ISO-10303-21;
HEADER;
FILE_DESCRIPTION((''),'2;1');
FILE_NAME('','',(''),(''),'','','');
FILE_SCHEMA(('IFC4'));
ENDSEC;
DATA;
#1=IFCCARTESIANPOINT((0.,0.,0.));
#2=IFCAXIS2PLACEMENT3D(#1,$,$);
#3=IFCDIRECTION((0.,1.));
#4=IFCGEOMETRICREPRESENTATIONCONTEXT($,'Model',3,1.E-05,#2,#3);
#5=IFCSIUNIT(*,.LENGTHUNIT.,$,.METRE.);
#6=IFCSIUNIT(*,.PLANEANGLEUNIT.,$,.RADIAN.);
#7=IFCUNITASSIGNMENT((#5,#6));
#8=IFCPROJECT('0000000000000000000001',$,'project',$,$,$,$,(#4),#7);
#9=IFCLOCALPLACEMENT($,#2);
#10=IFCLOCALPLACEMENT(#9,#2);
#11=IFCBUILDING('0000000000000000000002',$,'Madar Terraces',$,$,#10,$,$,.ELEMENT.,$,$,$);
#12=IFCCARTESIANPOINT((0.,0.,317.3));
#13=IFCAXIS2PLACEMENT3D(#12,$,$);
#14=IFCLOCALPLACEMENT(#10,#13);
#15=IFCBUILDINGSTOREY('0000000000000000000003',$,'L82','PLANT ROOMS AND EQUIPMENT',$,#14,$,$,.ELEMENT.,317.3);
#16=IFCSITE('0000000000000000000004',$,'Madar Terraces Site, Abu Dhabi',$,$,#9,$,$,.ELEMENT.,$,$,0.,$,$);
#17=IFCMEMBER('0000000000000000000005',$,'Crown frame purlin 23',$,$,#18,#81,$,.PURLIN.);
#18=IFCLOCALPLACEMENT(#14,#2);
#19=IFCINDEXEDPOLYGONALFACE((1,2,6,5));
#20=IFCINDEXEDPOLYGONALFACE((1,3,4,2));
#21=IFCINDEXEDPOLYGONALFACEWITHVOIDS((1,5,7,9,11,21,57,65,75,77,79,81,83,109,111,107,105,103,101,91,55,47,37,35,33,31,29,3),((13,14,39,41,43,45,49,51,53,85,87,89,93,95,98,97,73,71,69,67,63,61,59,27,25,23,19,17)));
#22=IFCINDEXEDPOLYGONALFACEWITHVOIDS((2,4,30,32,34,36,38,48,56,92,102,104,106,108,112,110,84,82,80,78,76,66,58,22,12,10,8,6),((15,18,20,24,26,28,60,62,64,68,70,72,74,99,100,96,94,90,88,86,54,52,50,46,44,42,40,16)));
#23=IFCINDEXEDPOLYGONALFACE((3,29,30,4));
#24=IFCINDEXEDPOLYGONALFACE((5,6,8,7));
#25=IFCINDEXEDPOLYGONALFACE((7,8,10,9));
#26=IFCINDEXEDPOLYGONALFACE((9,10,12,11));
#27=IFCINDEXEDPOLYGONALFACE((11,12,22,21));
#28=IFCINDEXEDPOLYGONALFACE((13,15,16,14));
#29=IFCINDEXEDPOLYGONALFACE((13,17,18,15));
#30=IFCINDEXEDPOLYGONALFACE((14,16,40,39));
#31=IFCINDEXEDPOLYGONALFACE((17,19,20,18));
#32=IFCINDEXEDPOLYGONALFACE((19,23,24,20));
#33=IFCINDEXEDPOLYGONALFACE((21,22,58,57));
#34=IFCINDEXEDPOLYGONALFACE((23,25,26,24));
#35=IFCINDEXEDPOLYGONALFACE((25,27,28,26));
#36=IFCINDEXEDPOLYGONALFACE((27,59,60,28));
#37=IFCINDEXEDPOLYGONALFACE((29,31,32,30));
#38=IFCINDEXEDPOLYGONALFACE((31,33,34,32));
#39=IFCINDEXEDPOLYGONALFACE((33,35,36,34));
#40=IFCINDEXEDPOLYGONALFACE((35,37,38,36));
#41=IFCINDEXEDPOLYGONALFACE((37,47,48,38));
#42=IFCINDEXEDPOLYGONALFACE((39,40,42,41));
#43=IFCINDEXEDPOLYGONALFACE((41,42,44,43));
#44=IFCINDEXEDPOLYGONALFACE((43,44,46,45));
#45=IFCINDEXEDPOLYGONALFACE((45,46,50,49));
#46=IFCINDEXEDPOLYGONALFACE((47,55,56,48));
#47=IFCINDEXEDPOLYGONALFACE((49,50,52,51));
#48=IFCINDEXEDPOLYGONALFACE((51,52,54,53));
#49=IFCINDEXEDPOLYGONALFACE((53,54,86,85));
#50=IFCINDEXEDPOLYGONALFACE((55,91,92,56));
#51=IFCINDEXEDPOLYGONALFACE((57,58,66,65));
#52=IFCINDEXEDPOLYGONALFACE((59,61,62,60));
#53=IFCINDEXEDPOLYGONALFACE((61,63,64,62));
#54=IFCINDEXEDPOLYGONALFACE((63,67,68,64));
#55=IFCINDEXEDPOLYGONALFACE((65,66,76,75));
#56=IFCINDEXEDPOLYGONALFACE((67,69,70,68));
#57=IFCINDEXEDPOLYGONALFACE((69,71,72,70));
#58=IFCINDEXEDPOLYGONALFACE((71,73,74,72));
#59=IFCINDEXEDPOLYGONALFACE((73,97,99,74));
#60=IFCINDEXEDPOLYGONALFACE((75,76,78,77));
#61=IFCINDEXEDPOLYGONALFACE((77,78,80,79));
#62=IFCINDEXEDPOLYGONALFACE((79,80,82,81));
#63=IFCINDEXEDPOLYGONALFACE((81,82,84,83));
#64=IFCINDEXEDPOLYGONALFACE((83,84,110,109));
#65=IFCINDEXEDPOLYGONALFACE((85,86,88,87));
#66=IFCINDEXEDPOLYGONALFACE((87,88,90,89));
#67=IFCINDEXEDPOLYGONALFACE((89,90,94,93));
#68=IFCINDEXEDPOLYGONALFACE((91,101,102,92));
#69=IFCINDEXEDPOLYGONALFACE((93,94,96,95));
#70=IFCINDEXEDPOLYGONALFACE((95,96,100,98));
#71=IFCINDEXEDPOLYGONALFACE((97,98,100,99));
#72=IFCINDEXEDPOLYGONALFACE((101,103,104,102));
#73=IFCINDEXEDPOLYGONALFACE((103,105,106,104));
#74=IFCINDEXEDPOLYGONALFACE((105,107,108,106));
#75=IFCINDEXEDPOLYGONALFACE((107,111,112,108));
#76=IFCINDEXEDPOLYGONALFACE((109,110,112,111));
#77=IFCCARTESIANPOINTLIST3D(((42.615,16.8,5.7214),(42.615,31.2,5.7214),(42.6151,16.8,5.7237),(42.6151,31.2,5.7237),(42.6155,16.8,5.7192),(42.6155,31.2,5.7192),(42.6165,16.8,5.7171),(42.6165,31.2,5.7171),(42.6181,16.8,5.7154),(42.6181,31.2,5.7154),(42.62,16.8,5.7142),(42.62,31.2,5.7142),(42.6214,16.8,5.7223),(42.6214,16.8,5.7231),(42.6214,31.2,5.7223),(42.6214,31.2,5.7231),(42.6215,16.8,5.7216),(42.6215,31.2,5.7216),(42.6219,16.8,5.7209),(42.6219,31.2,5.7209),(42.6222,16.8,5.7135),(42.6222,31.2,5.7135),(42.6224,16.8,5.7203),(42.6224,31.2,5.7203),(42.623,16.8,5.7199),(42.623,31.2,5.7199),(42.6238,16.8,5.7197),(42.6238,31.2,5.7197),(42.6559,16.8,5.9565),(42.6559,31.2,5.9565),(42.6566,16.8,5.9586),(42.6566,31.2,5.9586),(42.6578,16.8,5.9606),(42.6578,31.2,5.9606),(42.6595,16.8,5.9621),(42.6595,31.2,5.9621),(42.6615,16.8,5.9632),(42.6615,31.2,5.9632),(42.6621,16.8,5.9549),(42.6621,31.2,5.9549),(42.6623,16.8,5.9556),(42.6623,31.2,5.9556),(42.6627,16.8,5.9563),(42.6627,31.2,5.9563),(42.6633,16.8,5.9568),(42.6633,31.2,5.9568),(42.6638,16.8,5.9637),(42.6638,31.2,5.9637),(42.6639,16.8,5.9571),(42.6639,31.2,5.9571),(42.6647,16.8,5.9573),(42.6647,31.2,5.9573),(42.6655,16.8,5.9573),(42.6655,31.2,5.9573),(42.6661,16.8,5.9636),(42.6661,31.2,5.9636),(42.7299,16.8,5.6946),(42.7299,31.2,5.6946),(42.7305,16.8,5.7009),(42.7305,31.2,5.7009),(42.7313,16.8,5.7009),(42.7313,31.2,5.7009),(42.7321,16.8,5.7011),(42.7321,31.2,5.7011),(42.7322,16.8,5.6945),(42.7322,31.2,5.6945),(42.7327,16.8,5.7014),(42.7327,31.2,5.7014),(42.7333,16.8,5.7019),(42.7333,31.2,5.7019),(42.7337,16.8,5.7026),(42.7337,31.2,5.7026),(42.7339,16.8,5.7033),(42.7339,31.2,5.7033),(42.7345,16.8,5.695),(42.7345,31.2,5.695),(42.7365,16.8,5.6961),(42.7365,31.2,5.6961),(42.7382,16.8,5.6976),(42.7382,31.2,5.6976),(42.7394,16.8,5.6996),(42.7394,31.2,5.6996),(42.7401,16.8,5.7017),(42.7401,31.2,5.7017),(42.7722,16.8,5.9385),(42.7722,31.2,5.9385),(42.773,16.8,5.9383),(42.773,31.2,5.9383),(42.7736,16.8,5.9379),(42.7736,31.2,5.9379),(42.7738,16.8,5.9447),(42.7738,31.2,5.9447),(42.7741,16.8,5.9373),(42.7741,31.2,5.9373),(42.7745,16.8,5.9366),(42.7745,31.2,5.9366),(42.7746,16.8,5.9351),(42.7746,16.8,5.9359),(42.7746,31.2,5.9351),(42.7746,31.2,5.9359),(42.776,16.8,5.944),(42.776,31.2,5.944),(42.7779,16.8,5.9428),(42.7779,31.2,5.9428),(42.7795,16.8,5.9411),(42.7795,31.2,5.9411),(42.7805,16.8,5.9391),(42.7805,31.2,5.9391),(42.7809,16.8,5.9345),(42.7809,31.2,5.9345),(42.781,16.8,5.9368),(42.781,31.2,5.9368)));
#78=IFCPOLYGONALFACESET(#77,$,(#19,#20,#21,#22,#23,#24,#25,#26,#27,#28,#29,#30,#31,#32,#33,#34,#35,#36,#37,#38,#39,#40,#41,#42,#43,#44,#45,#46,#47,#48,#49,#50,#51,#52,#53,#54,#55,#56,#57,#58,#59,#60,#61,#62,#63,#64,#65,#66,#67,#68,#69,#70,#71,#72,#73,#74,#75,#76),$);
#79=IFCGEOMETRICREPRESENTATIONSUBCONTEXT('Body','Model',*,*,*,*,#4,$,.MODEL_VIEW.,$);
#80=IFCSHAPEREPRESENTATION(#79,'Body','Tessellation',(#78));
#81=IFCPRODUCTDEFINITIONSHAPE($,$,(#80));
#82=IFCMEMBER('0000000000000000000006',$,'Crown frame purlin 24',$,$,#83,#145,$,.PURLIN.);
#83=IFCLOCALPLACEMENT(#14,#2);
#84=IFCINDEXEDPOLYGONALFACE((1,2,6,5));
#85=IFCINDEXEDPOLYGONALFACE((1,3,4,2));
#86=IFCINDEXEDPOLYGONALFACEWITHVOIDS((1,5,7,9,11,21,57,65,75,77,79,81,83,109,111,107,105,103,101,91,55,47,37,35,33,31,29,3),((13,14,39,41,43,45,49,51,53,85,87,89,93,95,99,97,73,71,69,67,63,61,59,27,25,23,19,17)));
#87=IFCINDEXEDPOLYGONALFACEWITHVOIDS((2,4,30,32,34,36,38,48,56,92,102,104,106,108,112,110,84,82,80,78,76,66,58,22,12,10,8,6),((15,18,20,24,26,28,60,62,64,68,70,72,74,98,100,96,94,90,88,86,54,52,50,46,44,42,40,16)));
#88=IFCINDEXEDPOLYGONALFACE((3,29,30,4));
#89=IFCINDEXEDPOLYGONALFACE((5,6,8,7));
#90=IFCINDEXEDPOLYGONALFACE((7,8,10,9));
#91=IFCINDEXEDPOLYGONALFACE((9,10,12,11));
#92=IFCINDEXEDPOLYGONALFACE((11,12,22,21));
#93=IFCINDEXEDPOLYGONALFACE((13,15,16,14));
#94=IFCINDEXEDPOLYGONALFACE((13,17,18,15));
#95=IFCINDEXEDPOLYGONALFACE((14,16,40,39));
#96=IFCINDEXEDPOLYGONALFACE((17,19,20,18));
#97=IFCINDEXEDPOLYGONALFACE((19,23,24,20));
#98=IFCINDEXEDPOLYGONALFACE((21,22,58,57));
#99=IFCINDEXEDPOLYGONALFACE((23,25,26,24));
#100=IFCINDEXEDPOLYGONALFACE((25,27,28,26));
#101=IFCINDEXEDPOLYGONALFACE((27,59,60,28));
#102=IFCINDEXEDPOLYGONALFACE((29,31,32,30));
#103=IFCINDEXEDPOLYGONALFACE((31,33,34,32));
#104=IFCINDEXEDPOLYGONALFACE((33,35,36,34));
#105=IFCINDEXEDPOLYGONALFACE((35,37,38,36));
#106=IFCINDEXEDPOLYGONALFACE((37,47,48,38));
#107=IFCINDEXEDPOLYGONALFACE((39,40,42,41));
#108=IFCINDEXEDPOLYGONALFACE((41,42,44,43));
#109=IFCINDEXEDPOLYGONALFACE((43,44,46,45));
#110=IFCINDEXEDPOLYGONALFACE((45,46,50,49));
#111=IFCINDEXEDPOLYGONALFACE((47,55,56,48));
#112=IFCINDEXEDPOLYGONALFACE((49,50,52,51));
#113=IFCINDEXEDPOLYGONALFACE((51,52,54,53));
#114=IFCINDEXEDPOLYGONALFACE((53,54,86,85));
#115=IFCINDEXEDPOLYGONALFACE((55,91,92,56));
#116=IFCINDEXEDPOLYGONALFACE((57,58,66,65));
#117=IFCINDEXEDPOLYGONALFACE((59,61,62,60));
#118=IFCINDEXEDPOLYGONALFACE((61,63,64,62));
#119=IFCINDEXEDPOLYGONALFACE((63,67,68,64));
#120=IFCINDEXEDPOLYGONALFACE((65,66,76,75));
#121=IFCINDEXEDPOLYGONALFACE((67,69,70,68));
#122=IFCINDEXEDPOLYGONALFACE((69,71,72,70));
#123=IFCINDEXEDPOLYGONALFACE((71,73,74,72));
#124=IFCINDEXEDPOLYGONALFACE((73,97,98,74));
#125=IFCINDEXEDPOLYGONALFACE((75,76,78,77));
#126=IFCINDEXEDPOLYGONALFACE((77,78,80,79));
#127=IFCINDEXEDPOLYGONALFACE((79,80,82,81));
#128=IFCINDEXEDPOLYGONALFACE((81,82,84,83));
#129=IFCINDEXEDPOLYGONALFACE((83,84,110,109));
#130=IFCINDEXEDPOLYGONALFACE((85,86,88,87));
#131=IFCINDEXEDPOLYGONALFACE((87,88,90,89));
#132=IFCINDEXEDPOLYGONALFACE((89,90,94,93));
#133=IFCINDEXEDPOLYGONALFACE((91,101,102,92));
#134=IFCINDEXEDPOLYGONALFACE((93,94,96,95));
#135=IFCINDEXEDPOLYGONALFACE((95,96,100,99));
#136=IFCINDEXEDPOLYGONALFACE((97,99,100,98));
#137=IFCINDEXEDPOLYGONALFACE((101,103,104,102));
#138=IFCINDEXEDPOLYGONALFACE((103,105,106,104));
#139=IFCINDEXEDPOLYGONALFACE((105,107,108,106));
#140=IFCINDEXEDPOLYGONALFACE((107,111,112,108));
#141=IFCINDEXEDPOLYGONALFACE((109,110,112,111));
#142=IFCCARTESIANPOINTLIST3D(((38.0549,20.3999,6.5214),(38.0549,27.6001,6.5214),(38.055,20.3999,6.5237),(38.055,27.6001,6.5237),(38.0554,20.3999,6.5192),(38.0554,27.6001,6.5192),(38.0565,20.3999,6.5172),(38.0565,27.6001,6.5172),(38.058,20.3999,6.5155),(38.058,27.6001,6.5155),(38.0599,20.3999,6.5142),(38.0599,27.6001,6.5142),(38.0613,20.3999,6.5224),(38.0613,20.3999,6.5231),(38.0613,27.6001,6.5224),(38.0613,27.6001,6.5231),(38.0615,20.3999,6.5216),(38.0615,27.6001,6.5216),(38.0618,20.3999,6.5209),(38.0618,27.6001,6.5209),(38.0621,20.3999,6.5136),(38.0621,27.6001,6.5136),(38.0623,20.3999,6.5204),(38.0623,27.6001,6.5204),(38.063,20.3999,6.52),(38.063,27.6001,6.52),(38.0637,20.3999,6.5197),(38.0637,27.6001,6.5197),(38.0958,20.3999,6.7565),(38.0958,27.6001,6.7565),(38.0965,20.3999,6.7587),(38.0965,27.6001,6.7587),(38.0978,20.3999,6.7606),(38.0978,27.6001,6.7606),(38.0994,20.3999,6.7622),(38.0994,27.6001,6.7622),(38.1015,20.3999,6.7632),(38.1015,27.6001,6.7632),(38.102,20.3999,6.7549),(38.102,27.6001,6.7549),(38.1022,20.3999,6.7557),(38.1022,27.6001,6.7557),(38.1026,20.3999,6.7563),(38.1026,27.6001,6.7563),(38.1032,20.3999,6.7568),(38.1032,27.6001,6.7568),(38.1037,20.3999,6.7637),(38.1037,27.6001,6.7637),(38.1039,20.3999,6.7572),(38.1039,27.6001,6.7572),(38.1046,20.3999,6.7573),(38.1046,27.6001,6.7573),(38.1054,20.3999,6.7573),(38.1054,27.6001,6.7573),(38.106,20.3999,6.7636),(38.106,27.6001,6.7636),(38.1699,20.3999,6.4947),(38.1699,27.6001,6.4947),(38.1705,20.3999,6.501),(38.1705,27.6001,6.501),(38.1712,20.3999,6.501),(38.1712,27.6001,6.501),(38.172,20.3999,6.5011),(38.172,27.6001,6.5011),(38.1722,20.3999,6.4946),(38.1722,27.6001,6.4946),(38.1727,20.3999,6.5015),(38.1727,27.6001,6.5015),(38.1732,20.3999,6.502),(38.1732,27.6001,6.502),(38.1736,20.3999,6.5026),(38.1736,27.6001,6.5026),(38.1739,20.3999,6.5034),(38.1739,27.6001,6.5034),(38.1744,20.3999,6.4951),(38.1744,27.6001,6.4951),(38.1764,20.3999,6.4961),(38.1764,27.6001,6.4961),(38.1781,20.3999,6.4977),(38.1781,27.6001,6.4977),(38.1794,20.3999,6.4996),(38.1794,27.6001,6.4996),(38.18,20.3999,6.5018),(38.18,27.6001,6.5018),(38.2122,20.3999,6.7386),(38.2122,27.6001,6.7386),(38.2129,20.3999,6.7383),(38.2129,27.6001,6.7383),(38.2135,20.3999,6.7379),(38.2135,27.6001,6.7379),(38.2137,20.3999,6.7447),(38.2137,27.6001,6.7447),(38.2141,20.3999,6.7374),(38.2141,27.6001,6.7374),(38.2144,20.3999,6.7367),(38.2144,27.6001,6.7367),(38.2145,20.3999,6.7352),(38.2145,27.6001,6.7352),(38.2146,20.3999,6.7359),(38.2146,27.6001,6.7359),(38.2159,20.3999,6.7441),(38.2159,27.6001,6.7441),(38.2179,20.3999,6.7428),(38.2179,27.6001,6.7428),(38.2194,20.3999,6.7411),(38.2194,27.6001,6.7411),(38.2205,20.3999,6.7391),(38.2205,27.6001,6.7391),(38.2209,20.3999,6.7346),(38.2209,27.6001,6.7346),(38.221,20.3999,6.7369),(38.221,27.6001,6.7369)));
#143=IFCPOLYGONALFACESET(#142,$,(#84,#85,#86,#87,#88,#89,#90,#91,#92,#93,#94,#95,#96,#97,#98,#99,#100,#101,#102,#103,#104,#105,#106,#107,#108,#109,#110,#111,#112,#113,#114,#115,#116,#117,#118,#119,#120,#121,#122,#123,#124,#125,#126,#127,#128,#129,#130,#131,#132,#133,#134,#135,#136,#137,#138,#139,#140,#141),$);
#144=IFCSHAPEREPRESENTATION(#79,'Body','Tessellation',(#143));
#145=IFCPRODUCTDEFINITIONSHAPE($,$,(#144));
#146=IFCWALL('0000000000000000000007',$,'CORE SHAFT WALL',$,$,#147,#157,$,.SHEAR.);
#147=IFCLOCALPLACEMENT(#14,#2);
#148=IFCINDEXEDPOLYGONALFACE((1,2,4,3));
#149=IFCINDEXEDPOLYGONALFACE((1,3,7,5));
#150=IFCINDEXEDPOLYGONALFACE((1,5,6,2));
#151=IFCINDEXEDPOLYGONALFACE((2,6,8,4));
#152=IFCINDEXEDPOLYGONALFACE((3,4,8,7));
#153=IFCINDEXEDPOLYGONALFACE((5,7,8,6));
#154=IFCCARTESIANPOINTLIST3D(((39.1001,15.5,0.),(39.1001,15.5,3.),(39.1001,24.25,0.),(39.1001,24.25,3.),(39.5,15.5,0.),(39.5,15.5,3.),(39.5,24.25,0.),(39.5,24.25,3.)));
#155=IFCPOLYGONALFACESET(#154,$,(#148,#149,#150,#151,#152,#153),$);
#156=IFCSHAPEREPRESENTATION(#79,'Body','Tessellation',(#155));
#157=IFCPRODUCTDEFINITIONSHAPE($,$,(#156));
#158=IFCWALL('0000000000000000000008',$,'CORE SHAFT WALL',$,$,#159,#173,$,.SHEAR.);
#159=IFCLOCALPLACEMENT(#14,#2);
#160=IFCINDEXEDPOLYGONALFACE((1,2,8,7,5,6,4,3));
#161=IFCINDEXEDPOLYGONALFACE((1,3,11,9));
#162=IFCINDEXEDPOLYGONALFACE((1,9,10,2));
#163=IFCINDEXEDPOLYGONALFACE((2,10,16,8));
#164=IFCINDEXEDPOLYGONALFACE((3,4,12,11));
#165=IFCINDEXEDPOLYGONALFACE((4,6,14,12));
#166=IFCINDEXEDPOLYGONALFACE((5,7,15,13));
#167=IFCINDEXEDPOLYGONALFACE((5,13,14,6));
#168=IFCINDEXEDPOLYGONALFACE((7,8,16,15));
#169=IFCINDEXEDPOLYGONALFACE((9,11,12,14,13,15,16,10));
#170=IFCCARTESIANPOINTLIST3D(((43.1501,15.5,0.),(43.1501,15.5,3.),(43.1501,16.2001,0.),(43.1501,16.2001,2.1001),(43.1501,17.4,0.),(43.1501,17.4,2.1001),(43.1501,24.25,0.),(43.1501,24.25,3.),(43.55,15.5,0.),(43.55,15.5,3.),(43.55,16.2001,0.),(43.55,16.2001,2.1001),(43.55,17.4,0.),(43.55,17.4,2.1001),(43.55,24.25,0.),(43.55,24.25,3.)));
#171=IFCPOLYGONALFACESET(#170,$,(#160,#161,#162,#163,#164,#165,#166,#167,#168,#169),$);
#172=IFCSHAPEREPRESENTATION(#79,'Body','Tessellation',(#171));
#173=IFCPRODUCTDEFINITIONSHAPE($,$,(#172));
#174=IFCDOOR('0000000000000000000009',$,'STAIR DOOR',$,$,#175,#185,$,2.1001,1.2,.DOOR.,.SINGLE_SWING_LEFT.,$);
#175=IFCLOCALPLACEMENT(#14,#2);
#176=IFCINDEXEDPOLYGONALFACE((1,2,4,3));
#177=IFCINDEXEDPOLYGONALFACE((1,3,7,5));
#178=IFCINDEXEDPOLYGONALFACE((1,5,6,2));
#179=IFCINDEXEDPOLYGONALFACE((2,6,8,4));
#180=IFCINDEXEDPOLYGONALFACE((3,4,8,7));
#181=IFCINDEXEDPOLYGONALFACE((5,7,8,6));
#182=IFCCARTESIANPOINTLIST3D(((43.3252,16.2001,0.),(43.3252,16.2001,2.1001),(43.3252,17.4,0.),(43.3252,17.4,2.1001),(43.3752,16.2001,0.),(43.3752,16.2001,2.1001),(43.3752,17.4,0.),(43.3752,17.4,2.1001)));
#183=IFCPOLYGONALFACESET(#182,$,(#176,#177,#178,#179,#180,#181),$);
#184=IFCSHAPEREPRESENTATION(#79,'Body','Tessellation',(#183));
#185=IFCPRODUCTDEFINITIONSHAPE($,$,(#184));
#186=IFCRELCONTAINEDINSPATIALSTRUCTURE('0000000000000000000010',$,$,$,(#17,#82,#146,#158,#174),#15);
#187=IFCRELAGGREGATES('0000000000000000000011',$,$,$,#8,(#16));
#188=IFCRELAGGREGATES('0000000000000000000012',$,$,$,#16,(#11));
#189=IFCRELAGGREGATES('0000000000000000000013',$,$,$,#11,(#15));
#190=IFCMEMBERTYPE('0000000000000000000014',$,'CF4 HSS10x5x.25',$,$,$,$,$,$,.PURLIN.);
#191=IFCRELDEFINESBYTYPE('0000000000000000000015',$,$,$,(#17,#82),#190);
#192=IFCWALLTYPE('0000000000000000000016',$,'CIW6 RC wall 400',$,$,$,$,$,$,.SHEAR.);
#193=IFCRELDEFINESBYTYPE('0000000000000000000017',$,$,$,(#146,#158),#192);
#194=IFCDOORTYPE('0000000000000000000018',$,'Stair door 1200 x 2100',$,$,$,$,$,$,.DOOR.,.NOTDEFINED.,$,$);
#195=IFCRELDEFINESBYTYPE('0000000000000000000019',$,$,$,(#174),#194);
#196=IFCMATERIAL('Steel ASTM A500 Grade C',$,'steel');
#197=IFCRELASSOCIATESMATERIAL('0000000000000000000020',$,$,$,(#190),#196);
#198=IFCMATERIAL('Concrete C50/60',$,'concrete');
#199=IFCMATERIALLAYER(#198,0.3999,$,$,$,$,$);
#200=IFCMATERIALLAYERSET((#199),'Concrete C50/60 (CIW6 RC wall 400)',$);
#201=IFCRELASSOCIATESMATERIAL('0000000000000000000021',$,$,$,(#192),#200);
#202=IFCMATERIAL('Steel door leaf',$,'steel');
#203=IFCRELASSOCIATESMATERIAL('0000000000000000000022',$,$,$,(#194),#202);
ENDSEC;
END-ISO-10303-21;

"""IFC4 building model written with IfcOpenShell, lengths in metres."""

from ifc_helpers import new_model, si_unit, direction, frame, frame_2d, origin, origin_2d, place, context, subcontext, project, spatial, rectangle, hollow_rectangle, extrude, material, layer, layer_set, material_profile, profile_set, type_object, element, fill, save


model = new_model("IFC4")

# Units and contexts
model_context = context("Model", 3, precision=1e-05, world=origin(), true_north=direction((0.0, 1.0)))
body_context = subcontext(model_context, "Body", "Model", "MODEL_VIEW")
ifc_project = project(units=[si_unit("LENGTHUNIT", "METRE"), si_unit("PLANEANGLEUNIT", "RADIAN")], contexts=[model_context])

# Site, building, storey
site_placement = place(None, origin())
site = spatial("IfcSite", under=ifc_project, at=site_placement, Name="Madar Terraces Site, Abu Dhabi", CompositionType="ELEMENT", RefElevation=0.0)
building_placement = place(site_placement, origin())
building = spatial("IfcBuilding", under=site, at=building_placement, Name="Madar Terraces", CompositionType="ELEMENT")
storey_placement = place(building_placement, frame((0.0, 0.0, 317.3)))
storey = spatial("IfcBuildingStorey", under=building, at=storey_placement, Name="L82", Description="PLANT ROOMS AND EQUIPMENT", CompositionType="ELEMENT", Elevation=317.3)

# Members
ifc_material_1 = material(Name="Steel ASTM A500 Grade C", Category="steel")
ifc_material_profile_1 = material_profile(ifc_material_1, hollow_rectangle(XDim=0.127, YDim=0.2539, WallThickness=0.0063, InnerFilletRadius=0.0029, OuterFilletRadius=0.0088, at=origin_2d()), Name="HSS10x5x.25")
ifc_profile_set_1 = profile_set([ifc_material_profile_1], Name="Steel ASTM A500 Grade C")
member_type = type_object("IfcMemberType", Name="CF4 HSS10x5x.25", PredefinedType="PURLIN", material=ifc_profile_set_1)
member_1_placement = place(storey_placement, frame((42.698, 16.8, 5.8291), z_axis=(0.0, 1.0, 0.0), x_axis=(-0.984957, 0.0, 0.172799)))
element("IfcMember", 1, at=member_1_placement, inside=storey, type_object=member_type, Name="Crown frame purlin 23", PredefinedType="PURLIN", context=body_context, shape_type="SweptSolid", body=[
    extrude(hollow_rectangle(XDim=0.127, YDim=0.2539, WallThickness=0.0063, InnerFilletRadius=0.0029, OuterFilletRadius=0.0088, at=origin_2d()), origin(), (0.0, 0.0, 1.0), 14.3999),
])
member_2_placement = place(storey_placement, frame((38.1379, 20.3999, 6.6292), z_axis=(0.0, 1.0, 0.0), x_axis=(-0.984957, 0.0, 0.172799)))
element("IfcMember", 2, at=member_2_placement, inside=storey, type_object=member_type, Name="Crown frame purlin 24", PredefinedType="PURLIN", context=body_context, shape_type="SweptSolid", body=[
    extrude(hollow_rectangle(XDim=0.127, YDim=0.2539, WallThickness=0.0063, InnerFilletRadius=0.0029, OuterFilletRadius=0.0088, at=origin_2d()), origin(), (0.0, 0.0, 1.0), 7.2002),
])

# Wall
ifc_material_2 = material(Name="Concrete C50/60", Category="concrete")
ifc_layer_1 = layer(ifc_material_2, 0.3999)
ifc_layer_set_1 = layer_set([ifc_layer_1], Name="Concrete C50/60 (CIW6 RC wall 400)")
wall_type_1 = type_object("IfcWallType", Name="CIW6 RC wall 400", PredefinedType="SHEAR", material=ifc_layer_set_1)
wall_1_placement = place(storey_placement, frame((39.3, 15.5, 0.0), z_axis=(0.0, 0.0, 1.0), x_axis=(0.0, 1.0, 0.0)))
element("IfcWall", 3, at=wall_1_placement, inside=storey, type_object=wall_type_1, Name="CORE SHAFT WALL", PredefinedType="SHEAR", context=body_context, shape_type="SweptSolid", body=[
    extrude(rectangle(XDim=8.75, YDim=0.3999, at=frame_2d((4.375, 0.0))), origin(), (0.0, 0.0, 1.0), 3.0),
])

# Wall, opening, door
wall_2_placement = place(storey_placement, frame((43.3501, 15.5, 0.0), z_axis=(0.0, 0.0, 1.0), x_axis=(0.0, 1.0, 0.0)))
wall_2 = element("IfcWall", 4, at=wall_2_placement, inside=storey, type_object=wall_type_1, Name="CORE SHAFT WALL", PredefinedType="SHEAR", context=body_context, shape_type="SweptSolid", body=[
    extrude(rectangle(XDim=8.75, YDim=0.3999, at=frame_2d((4.375, 0.0))), origin(), (0.0, 0.0, 1.0), 3.0),
])
opening_1_placement = place(wall_2_placement, frame((0.7, 0.0, 0.0)))
opening_1 = element("IfcOpeningElement", 5, at=opening_1_placement, cuts=wall_2, PredefinedType="OPENING", context=body_context, shape_type="SweptSolid", body=[
    extrude(rectangle(XDim=1.2, YDim=2.1001, at=frame_2d((0.6001, 1.05))), frame((0.0, 0.21, 0.0), z_axis=(0.0, -1.0, 0.0), x_axis=(1.0, 0.0, 0.0)), (0.0, 0.0, 1.0), 0.4199),
])
ifc_material_3 = material(Name="Steel door leaf", Category="steel")
door_type_1 = type_object("IfcDoorType", Name="Stair door 1200 x 2100", OperationType="NOTDEFINED", PredefinedType="DOOR", material=ifc_material_3)
door_1_placement = place(opening_1_placement, origin())
door_1 = element("IfcDoor", 6, at=door_1_placement, inside=storey, type_object=door_type_1, Name="STAIR DOOR", OperationType="SINGLE_SWING_LEFT", OverallHeight=2.1001, OverallWidth=1.2, PredefinedType="DOOR", context=body_context, shape_type="SweptSolid", body=[
    extrude(rectangle(XDim=1.2, YDim=2.1001, at=frame_2d((0.6001, 1.05))), frame((0.0, 0.0249, 0.0), z_axis=(0.0, -1.0, 0.0), x_axis=(1.0, 0.0, 0.0)), (0.0, 0.0, 1.0), 0.05),
])
fill(opening_1, door_1)

save(model, "model.ifc")
